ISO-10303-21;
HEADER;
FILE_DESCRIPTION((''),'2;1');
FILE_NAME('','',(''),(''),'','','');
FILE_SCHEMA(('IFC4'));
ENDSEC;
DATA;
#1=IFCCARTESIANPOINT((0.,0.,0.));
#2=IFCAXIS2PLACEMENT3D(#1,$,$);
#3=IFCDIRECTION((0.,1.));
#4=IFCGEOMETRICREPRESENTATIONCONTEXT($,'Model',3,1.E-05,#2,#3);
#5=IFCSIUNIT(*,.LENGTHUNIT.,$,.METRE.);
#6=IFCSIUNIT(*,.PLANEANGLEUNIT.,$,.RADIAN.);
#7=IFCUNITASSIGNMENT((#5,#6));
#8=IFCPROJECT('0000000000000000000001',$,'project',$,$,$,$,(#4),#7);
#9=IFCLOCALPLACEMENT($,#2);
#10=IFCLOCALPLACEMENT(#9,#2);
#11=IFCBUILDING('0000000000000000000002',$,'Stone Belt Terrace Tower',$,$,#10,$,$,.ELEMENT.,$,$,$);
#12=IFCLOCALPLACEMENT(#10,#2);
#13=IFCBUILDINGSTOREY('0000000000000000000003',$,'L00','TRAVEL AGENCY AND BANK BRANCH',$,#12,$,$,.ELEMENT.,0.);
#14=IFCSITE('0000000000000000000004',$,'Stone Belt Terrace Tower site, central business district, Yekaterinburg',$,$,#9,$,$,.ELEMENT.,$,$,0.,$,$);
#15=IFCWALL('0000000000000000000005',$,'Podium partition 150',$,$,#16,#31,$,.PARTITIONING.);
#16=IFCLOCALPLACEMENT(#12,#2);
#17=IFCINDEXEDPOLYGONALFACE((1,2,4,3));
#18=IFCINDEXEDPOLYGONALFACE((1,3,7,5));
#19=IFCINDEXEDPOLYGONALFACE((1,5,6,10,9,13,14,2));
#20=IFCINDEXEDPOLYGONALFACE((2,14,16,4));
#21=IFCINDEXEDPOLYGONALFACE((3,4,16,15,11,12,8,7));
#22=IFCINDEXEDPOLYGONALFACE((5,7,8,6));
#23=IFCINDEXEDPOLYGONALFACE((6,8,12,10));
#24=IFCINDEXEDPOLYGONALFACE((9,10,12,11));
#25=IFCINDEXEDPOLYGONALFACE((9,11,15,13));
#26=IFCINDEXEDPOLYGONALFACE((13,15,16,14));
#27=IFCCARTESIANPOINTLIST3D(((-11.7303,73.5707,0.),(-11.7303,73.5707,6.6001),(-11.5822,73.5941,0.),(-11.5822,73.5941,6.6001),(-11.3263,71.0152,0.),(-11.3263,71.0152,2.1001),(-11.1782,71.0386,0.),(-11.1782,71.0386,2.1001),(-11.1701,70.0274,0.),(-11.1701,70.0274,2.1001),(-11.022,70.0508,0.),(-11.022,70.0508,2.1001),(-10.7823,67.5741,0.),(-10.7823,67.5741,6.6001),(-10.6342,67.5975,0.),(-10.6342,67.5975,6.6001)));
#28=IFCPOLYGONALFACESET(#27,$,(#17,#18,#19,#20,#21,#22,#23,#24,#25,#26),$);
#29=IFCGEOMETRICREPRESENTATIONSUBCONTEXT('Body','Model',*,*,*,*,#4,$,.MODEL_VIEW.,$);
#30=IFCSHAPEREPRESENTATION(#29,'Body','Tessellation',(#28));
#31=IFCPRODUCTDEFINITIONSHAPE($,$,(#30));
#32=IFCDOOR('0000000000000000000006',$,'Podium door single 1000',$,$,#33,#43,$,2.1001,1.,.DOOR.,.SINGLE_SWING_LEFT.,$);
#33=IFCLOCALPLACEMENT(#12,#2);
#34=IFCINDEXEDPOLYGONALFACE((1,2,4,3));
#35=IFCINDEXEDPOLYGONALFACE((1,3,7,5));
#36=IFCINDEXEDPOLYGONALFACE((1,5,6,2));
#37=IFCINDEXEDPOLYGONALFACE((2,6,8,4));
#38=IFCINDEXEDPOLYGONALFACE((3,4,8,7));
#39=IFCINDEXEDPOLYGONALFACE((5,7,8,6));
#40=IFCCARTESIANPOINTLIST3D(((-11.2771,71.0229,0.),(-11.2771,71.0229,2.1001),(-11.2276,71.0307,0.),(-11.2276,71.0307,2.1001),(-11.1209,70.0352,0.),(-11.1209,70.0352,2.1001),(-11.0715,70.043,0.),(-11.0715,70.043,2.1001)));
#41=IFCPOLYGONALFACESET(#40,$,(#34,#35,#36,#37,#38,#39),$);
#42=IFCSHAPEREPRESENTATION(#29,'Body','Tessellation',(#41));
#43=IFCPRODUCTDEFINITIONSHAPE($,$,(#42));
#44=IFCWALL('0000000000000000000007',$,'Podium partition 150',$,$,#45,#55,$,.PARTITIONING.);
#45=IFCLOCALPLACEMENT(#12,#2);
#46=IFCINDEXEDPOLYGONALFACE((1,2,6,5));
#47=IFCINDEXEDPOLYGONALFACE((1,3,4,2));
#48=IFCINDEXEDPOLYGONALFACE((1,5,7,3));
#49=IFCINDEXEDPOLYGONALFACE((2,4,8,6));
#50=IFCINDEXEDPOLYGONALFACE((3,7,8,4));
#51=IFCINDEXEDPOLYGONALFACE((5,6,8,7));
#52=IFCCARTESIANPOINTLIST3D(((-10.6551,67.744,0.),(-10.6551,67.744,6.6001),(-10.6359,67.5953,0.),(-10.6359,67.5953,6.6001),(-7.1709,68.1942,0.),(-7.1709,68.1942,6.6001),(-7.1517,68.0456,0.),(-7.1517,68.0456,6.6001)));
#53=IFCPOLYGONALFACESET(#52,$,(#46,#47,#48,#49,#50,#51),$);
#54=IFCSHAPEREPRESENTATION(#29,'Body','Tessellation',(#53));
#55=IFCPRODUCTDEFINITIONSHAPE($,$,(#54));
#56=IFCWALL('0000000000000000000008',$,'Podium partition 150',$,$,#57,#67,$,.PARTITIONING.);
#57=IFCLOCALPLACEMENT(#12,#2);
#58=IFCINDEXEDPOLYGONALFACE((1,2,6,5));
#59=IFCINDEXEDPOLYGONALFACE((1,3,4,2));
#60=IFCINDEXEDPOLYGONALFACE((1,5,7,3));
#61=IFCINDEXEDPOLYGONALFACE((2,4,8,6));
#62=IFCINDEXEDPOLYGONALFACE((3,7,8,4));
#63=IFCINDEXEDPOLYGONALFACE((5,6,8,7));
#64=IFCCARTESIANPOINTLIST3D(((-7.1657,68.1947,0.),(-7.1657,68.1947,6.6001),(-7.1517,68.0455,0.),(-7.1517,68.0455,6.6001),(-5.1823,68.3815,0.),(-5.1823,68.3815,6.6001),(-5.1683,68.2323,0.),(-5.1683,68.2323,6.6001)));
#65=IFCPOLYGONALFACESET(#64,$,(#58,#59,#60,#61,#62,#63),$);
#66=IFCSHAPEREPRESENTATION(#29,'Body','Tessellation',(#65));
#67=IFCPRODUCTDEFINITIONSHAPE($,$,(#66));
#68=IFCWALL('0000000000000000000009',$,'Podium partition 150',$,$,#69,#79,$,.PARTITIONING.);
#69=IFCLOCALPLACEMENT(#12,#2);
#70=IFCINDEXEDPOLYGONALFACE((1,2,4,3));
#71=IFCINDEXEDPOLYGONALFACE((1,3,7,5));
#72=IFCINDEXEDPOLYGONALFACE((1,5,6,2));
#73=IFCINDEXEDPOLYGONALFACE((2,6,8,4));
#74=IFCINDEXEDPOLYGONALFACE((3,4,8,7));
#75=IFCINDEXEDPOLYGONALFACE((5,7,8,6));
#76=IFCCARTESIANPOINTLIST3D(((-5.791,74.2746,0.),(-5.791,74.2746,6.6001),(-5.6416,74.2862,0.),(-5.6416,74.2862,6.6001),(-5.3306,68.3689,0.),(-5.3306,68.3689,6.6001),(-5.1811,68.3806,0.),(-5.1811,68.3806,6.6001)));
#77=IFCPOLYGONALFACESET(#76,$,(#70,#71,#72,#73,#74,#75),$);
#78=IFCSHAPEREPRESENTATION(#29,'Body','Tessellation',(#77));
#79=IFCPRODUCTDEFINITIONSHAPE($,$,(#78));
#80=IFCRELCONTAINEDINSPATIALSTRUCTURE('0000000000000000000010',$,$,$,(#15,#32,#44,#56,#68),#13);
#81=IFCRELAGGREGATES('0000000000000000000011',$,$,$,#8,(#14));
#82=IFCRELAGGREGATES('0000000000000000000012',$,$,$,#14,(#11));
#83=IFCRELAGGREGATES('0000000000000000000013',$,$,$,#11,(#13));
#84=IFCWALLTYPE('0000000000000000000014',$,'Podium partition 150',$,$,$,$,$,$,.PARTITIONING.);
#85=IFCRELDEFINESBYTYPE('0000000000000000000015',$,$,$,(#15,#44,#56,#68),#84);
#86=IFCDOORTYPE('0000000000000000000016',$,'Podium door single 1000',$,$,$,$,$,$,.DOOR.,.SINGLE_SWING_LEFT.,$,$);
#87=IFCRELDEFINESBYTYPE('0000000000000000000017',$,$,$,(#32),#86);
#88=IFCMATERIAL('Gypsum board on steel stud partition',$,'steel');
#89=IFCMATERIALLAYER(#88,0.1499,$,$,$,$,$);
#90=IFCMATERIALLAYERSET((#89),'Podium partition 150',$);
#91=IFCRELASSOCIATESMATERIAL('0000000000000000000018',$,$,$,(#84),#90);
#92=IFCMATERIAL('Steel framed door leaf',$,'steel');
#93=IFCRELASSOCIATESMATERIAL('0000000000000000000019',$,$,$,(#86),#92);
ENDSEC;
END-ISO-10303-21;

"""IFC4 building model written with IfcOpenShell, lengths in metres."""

from ifc_helpers import new_model, si_unit, direction, frame, frame_2d, origin, place, context, subcontext, project, spatial, rectangle, extrude, material, layer, layer_set, type_object, element, fill, save


model = new_model("IFC4")

# Units and contexts
model_context = context("Model", 3, precision=1e-05, world=origin(), true_north=direction((0.0, 1.0)))
body_context = subcontext(model_context, "Body", "Model", "MODEL_VIEW")
ifc_project = project(units=[si_unit("LENGTHUNIT", "METRE"), si_unit("PLANEANGLEUNIT", "RADIAN")], contexts=[model_context])

# Site, building, storey
site_placement = place(None, origin())
site = spatial("IfcSite", under=ifc_project, at=site_placement, Name="Stone Belt Terrace Tower site, central business district, Yekaterinburg", CompositionType="ELEMENT", RefElevation=0.0)
building_placement = place(site_placement, origin())
building = spatial("IfcBuilding", under=site, at=building_placement, Name="Stone Belt Terrace Tower", CompositionType="ELEMENT")
storey_placement = place(building_placement, origin())
storey = spatial("IfcBuildingStorey", under=building, at=storey_placement, Name="L00", Description="TRAVEL AGENCY AND BANK BRANCH", CompositionType="ELEMENT", Elevation=0.0)

# Wall, opening, door
ifc_material_1 = material(Name="Gypsum board on steel stud partition", Category="steel")
ifc_layer_1 = layer(ifc_material_1, 0.1499)
ifc_layer_set_1 = layer_set([ifc_layer_1], Name="Podium partition 150")
wall_type_1 = type_object("IfcWallType", Name="Podium partition 150", PredefinedType="PARTITIONING", material=ifc_layer_set_1)
wall_1_placement = place(storey_placement, frame((-11.6562, 73.5825, 0.0), z_axis=(0.0, 0.0, 1.0), x_axis=(0.15615, -0.987733, 0.0)))
wall_1 = element("IfcWall", 1, at=wall_1_placement, inside=storey, type_object=wall_type_1, Name="Podium partition 150", PredefinedType="PARTITIONING", context=body_context, shape_type="SweptSolid", body=[
    extrude(rectangle(XDim=6.071, YDim=0.1499, at=frame_2d((3.0356, 0.0))), origin(), (0.0, 0.0, 1.0), 6.6001),
])
opening_1_placement = place(wall_1_placement, frame((2.5874, 0.0, 0.0)))
opening_1 = element("IfcOpeningElement", 2, at=opening_1_placement, cuts=wall_1, PredefinedType="OPENING", context=body_context, shape_type="SweptSolid", body=[
    extrude(rectangle(XDim=1.0, YDim=2.1001, at=frame_2d((0.5, 1.05))), frame((0.0, 0.085, 0.0), z_axis=(0.0, -1.0, 0.0), x_axis=(1.0, 0.0, 0.0)), (0.0, 0.0, 1.0), 0.1699),
])
ifc_material_2 = material(Name="Steel framed door leaf", Category="steel")
door_type_1 = type_object("IfcDoorType", Name="Podium door single 1000", OperationType="SINGLE_SWING_LEFT", PredefinedType="DOOR", material=ifc_material_2)
door_1_placement = place(opening_1_placement, origin())
door_1 = element("IfcDoor", 3, at=door_1_placement, inside=storey, type_object=door_type_1, Name="Podium door single 1000", OperationType="SINGLE_SWING_LEFT", OverallHeight=2.1001, OverallWidth=1.0, PredefinedType="DOOR", context=body_context, shape_type="SweptSolid", body=[
    extrude(rectangle(XDim=1.0, YDim=2.1001, at=frame_2d((0.5, 1.05))), frame((0.0, 0.0249, 0.0), z_axis=(0.0, -1.0, 0.0), x_axis=(1.0, 0.0, 0.0)), (0.0, 0.0, 1.0), 0.05),
])
fill(opening_1, door_1)

# Walls
wall_2_placement = place(storey_placement, frame((-10.6455, 67.6697, 0.0), z_axis=(0.0, 0.0, 1.0), x_axis=(0.991755, 0.128148, 0.0)))
element("IfcWall", 4, at=wall_2_placement, inside=storey, type_object=wall_type_1, Name="Podium partition 150", PredefinedType="PARTITIONING", context=body_context, shape_type="SweptSolid", body=[
    extrude(rectangle(XDim=3.5132, YDim=0.1499, at=frame_2d((1.7566, 0.0))), origin(), (0.0, 0.0, 1.0), 6.6001),
])
wall_3_placement = place(storey_placement, frame((-7.1587, 68.1201, 0.0), z_axis=(0.0, 0.0, 1.0), x_axis=(0.995596, 0.093751, 0.0)))
element("IfcWall", 5, at=wall_3_placement, inside=storey, type_object=wall_type_1, Name="Podium partition 150", PredefinedType="PARTITIONING", context=body_context, shape_type="SweptSolid", body=[
    extrude(rectangle(XDim=1.9922, YDim=0.1499, at=frame_2d((0.9961, 0.0))), origin(), (0.0, 0.0, 1.0), 6.6001),
])
wall_4_placement = place(storey_placement, frame((-5.7163, 74.2805, 0.0), z_axis=(0.0, 0.0, 1.0), x_axis=(0.07773, -0.996974, 0.0)))
element("IfcWall", 6, at=wall_4_placement, inside=storey, type_object=wall_type_1, Name="Podium partition 150", PredefinedType="PARTITIONING", context=body_context, shape_type="SweptSolid", body=[
    extrude(rectangle(XDim=5.9236, YDim=0.1499, at=frame_2d((2.9619, 0.0))), origin(), (0.0, 0.0, 1.0), 6.6001),
])

save(model, "model.ifc")
